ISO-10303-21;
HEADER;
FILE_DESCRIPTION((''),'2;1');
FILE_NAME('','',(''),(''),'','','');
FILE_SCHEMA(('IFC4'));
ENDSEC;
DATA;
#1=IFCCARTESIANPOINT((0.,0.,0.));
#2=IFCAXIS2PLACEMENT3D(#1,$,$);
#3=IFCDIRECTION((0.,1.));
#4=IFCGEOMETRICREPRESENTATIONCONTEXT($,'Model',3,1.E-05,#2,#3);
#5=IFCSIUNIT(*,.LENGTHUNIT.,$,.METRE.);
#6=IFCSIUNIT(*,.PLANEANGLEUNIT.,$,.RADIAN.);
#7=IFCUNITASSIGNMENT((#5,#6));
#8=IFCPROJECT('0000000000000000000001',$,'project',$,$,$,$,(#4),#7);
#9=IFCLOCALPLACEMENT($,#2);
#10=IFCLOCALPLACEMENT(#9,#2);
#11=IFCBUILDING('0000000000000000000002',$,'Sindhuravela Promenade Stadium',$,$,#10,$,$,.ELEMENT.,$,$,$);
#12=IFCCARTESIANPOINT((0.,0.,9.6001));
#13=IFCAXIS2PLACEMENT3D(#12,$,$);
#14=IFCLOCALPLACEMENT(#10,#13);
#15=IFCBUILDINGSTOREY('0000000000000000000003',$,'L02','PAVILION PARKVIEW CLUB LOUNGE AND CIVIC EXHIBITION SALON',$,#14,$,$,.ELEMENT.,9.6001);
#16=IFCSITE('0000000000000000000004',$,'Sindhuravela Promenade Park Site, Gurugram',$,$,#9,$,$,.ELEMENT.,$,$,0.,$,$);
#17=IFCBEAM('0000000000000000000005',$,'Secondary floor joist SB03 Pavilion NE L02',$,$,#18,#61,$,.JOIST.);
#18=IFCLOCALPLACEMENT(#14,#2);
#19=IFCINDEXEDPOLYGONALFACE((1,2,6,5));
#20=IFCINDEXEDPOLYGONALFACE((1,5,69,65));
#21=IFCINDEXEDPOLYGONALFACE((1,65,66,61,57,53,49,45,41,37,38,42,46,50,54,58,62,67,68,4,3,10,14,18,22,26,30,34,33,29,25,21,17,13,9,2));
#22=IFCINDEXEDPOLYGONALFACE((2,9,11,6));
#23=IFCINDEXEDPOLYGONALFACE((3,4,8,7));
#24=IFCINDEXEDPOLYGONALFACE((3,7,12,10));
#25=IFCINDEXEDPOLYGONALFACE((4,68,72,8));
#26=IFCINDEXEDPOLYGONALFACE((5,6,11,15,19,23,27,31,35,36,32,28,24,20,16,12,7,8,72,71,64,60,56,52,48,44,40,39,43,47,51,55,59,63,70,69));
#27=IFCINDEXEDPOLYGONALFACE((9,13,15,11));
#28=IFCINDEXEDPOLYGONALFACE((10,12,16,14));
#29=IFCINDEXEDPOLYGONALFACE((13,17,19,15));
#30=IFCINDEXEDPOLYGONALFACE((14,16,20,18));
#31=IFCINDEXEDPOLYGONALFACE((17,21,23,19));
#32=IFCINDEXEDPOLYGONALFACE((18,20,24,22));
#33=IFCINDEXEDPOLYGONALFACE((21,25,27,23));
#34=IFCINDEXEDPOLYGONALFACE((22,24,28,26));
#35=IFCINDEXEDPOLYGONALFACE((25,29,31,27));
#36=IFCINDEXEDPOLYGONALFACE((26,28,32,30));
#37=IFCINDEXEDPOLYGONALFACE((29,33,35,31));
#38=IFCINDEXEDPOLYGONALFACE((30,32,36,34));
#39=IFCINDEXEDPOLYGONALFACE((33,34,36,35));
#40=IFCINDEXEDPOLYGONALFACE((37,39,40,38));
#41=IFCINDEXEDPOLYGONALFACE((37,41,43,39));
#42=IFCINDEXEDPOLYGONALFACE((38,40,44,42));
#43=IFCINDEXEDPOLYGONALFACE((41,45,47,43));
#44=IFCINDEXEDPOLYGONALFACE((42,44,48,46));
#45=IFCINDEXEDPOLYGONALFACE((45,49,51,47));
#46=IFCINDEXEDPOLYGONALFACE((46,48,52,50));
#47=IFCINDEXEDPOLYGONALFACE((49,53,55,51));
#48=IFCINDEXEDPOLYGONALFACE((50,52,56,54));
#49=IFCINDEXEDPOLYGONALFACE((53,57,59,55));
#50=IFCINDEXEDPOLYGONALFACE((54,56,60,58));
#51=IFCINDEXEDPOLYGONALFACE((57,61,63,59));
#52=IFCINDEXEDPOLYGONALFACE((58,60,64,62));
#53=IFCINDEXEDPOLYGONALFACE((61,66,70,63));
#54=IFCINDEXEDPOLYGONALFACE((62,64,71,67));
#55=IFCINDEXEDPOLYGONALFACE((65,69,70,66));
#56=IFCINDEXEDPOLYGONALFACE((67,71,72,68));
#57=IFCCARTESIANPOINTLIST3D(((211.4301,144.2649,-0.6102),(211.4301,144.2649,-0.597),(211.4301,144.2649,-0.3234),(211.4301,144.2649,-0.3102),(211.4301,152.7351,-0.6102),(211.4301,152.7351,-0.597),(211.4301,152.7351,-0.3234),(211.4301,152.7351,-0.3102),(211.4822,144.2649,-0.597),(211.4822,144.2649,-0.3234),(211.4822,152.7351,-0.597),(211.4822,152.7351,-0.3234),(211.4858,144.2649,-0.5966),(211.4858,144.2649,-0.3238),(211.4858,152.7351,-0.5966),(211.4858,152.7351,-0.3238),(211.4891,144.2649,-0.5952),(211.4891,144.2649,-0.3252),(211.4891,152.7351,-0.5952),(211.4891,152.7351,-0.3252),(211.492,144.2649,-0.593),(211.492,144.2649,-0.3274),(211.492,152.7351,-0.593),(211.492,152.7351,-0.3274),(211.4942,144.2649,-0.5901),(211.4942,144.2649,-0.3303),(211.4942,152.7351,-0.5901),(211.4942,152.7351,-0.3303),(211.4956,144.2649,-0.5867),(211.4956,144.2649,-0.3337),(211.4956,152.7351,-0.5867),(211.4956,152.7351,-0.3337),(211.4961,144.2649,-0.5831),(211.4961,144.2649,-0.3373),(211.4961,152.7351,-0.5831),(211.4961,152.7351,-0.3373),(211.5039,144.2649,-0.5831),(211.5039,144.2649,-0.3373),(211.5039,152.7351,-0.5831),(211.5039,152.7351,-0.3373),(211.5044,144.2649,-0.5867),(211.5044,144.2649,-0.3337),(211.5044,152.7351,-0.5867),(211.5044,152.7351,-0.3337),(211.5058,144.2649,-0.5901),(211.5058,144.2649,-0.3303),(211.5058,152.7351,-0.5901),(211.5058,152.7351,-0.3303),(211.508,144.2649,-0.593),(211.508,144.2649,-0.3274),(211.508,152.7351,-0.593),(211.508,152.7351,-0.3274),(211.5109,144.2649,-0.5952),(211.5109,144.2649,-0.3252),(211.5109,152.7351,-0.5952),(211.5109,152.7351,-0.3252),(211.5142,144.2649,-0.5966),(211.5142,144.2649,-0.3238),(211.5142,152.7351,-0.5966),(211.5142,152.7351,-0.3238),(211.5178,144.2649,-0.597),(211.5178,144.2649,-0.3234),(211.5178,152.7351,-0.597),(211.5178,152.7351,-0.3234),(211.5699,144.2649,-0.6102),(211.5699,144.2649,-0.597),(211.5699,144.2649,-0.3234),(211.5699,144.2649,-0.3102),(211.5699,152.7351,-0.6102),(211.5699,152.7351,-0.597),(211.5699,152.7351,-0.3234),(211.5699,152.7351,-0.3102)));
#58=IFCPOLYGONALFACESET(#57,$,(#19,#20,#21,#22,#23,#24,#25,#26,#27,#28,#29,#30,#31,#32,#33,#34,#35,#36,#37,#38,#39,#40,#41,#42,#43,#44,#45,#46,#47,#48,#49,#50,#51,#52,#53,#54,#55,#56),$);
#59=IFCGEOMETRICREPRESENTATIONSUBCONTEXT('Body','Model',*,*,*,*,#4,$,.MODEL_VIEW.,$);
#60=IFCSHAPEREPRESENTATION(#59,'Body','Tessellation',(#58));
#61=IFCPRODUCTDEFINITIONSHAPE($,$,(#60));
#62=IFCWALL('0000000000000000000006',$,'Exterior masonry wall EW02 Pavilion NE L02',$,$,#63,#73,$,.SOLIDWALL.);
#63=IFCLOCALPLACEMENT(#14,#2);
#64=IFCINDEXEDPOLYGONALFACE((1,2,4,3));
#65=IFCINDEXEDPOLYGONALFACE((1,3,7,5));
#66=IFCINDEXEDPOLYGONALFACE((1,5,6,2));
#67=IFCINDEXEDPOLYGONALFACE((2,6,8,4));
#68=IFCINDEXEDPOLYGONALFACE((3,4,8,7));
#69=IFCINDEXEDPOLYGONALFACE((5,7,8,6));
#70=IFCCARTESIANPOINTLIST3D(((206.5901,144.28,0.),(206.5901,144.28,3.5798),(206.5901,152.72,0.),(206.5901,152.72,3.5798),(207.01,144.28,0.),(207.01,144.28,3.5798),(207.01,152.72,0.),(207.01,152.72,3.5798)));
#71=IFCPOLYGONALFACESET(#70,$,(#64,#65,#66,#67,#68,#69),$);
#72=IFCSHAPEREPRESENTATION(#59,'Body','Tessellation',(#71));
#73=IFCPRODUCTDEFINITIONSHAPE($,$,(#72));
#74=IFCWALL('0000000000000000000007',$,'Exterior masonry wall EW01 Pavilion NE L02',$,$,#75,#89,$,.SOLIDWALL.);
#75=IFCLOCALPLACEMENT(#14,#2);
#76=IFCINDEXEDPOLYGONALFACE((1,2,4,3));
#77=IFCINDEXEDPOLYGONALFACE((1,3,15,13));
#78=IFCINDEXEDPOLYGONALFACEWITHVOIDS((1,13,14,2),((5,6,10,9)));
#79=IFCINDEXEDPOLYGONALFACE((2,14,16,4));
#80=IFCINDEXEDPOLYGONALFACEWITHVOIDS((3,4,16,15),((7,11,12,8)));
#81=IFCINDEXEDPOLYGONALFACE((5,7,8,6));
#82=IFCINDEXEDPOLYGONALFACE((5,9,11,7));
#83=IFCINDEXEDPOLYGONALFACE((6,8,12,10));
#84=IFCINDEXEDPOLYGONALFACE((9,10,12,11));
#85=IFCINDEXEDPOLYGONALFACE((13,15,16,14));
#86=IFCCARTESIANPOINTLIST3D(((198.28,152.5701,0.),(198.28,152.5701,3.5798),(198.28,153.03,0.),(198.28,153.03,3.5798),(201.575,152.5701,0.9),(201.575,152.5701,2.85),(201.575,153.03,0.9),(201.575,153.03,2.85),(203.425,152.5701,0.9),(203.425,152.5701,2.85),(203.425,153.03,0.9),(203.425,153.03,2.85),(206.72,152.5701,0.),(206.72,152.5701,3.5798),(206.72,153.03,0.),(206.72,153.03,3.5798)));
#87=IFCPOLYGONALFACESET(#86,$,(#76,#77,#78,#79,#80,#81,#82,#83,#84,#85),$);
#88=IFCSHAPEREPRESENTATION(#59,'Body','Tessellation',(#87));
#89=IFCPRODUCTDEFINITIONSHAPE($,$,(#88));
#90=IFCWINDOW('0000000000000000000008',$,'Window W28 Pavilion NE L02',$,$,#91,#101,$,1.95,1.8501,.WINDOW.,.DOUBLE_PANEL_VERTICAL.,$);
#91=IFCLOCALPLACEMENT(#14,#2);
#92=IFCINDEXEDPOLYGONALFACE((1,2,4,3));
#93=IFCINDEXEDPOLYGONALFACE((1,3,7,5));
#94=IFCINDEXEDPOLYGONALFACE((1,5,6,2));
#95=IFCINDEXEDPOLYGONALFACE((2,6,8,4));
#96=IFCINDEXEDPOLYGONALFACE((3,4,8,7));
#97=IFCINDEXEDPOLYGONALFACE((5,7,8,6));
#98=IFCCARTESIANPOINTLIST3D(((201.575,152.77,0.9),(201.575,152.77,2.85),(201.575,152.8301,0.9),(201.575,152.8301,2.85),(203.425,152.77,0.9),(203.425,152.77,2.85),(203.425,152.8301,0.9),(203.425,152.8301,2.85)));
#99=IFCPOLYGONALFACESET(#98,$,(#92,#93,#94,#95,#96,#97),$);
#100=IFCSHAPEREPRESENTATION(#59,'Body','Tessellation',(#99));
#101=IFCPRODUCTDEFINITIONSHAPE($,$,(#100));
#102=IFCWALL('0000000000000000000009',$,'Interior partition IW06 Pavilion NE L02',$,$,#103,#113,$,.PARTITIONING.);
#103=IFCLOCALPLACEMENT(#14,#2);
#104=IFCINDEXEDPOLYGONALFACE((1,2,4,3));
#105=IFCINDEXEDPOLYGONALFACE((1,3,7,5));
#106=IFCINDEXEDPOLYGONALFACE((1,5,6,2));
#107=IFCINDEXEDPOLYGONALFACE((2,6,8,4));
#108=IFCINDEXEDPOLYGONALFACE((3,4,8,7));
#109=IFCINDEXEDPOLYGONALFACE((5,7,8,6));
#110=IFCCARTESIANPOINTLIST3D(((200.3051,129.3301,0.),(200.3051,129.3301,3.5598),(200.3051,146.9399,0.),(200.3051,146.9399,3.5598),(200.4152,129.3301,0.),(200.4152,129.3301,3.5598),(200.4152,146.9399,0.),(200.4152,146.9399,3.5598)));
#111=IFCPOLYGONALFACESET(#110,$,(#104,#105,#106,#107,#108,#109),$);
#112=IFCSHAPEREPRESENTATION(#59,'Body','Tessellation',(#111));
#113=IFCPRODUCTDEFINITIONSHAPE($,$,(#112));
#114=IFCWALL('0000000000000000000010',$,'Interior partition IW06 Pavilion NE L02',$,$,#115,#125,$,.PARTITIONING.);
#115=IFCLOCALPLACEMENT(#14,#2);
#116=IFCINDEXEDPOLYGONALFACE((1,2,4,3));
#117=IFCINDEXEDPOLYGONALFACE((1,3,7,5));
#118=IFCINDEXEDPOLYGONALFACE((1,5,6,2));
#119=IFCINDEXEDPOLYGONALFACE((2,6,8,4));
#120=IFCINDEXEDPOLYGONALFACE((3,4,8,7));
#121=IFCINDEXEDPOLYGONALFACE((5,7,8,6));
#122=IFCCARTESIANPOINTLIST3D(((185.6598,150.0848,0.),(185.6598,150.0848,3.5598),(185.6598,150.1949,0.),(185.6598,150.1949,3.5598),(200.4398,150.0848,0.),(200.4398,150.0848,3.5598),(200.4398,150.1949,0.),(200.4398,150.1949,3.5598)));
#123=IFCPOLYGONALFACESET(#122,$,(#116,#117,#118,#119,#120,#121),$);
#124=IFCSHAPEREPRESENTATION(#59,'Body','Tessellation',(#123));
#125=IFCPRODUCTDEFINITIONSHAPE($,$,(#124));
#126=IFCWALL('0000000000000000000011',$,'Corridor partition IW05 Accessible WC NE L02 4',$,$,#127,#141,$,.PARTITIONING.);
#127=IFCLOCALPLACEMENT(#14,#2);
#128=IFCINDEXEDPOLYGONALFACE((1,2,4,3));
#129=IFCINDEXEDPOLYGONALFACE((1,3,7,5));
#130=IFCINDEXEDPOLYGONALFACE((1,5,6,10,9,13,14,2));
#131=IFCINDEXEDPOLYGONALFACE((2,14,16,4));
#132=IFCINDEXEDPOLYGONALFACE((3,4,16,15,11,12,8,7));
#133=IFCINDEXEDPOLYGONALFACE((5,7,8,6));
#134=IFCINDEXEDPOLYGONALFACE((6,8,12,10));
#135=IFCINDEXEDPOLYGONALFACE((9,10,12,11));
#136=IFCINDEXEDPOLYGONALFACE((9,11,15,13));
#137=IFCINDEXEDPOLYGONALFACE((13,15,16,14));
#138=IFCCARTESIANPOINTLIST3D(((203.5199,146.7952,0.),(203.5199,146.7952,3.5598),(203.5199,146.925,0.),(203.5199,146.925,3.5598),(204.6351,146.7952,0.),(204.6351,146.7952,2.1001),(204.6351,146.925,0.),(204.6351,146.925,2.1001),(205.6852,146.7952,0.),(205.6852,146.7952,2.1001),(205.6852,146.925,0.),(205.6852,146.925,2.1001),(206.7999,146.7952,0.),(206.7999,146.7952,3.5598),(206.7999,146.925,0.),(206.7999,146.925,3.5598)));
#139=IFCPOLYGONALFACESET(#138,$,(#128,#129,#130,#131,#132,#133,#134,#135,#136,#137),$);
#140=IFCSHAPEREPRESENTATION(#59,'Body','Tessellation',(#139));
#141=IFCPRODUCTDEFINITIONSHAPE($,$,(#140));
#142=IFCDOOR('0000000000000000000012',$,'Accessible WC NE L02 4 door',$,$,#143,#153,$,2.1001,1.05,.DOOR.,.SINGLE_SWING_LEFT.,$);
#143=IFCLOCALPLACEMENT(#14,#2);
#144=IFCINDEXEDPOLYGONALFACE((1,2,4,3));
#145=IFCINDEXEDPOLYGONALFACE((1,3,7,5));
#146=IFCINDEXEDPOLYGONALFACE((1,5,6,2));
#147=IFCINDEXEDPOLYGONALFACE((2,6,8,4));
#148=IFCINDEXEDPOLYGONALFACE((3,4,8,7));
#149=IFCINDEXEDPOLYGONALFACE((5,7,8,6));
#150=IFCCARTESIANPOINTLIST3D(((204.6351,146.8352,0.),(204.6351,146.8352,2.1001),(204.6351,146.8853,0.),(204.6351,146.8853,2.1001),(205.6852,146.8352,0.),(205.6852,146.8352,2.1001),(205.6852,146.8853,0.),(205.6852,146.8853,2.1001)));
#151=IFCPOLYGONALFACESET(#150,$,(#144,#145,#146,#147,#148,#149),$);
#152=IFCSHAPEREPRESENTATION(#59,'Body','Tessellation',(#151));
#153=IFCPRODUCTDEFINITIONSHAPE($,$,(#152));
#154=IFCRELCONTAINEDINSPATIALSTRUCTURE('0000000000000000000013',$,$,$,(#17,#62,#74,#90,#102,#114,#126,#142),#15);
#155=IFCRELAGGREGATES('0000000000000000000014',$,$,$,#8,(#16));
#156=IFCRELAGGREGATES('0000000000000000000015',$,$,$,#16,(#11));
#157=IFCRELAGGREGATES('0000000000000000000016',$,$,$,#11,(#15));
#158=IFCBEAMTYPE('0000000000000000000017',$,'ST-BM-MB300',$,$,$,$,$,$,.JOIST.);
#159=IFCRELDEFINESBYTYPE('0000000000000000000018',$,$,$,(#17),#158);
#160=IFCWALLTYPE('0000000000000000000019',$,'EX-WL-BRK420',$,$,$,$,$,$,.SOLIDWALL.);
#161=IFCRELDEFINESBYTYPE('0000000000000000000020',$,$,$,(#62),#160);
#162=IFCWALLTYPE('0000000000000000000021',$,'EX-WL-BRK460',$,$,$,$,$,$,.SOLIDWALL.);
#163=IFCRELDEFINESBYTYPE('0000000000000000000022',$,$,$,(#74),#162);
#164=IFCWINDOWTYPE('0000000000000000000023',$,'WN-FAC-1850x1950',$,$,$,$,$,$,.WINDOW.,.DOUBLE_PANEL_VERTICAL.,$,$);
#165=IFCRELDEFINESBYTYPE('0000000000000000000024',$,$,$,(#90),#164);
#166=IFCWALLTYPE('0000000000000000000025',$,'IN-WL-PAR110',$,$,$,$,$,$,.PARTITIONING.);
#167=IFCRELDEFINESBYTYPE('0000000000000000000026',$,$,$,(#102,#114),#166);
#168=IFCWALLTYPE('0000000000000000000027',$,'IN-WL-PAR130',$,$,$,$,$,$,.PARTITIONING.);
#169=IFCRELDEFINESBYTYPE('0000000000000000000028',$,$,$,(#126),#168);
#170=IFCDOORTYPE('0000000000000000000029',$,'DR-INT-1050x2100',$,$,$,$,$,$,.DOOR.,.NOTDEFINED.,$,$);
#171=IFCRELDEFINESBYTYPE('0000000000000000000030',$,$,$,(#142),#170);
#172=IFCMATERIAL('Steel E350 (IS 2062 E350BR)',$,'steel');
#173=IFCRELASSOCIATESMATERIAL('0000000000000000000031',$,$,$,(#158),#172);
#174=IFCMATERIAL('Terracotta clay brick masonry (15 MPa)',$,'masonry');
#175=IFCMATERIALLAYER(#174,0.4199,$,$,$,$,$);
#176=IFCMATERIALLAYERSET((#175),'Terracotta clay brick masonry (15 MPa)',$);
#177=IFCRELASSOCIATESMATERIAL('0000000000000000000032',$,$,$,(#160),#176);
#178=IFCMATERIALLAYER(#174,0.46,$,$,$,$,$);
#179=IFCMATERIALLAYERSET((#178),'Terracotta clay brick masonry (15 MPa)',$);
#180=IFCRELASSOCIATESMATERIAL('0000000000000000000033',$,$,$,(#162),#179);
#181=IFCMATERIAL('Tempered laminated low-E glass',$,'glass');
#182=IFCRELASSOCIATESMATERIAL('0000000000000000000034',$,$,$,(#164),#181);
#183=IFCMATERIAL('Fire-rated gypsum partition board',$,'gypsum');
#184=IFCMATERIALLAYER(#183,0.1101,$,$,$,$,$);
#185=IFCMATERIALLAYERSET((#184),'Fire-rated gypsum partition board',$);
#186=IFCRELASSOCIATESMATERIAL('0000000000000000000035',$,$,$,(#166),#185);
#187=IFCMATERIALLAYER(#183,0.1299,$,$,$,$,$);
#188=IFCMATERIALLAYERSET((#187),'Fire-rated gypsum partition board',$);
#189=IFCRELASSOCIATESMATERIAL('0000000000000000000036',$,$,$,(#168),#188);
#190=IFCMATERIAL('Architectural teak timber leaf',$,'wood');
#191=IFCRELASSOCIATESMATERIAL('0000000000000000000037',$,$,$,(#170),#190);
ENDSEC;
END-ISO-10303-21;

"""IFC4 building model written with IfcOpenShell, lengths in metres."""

from ifc_helpers import new_model, si_unit, direction, frame, frame_2d, origin, origin_2d, place, context, subcontext, project, spatial, rectangle, i_section, extrude, material, layer, layer_set, material_profile, profile_set, type_object, element, fill, save


model = new_model("IFC4")

# Units and contexts
model_context = context("Model", 3, precision=1e-05, world=origin(), true_north=direction((0.0, 1.0)))
body_context = subcontext(model_context, "Body", "Model", "MODEL_VIEW")
ifc_project = project(units=[si_unit("LENGTHUNIT", "METRE"), si_unit("PLANEANGLEUNIT", "RADIAN")], contexts=[model_context])

# Site, building, storey
site_placement = place(None, origin())
site = spatial("IfcSite", under=ifc_project, at=site_placement, Name="Sindhuravela Promenade Park Site, Gurugram", CompositionType="ELEMENT", RefElevation=0.0)
building_placement = place(site_placement, origin())
building = spatial("IfcBuilding", under=site, at=building_placement, Name="Sindhuravela Promenade Stadium", CompositionType="ELEMENT")
storey_placement = place(building_placement, frame((0.0, 0.0, 9.6001)))
storey = spatial("IfcBuildingStorey", under=building, at=storey_placement, Name="L02", Description="PAVILION PARKVIEW CLUB LOUNGE AND CIVIC EXHIBITION SALON", CompositionType="ELEMENT", Elevation=9.6001)

# Beam
ifc_material_1 = material(Name="Steel E350 (IS 2062 E350BR)", Category="steel")
ifc_material_profile_1 = material_profile(ifc_material_1, i_section(OverallWidth=0.1399, OverallDepth=0.3, WebThickness=0.0078, FlangeThickness=0.0132, FilletRadius=0.0139, at=origin_2d()), Name="ISMB 300")
ifc_profile_set_1 = profile_set([ifc_material_profile_1], Name="Steel E350 (IS 2062 E350BR)")
beam_type_1 = type_object("IfcBeamType", Name="ST-BM-MB300", PredefinedType="JOIST", material=ifc_profile_set_1)
beam_1_placement = place(storey_placement, frame((211.5, 144.2649, -0.4602), z_axis=(0.0, 1.0, 0.0), x_axis=(-1.0, 0.0, 0.0)))
element("IfcBeam", 1, at=beam_1_placement, inside=storey, type_object=beam_type_1, Name="Secondary floor joist SB03 Pavilion NE L02", PredefinedType="JOIST", context=body_context, shape_type="SweptSolid", body=[
    extrude(i_section(OverallWidth=0.1399, OverallDepth=0.3, WebThickness=0.0078, FlangeThickness=0.0132, FilletRadius=0.0139, at=origin_2d()), origin(), (0.0, 0.0, 1.0), 8.4702),
])

# Wall
ifc_material_2 = material(Name="Terracotta clay brick masonry (15 MPa)", Category="masonry")
ifc_layer_1 = layer(ifc_material_2, 0.4199)
ifc_layer_set_1 = layer_set([ifc_layer_1], Name="Terracotta clay brick masonry (15 MPa)")
wall_type_1 = type_object("IfcWallType", Name="EX-WL-BRK420", PredefinedType="SOLIDWALL", material=ifc_layer_set_1)
wall_1_placement = place(storey_placement, frame((206.8, 152.72, 0.0), z_axis=(0.0, 0.0, 1.0), x_axis=(0.0, -1.0, 0.0)))
element("IfcWall", 2, at=wall_1_placement, inside=storey, type_object=wall_type_1, Name="Exterior masonry wall EW02 Pavilion NE L02", PredefinedType="SOLIDWALL", context=body_context, shape_type="SweptSolid", body=[
    extrude(rectangle(XDim=8.4399, YDim=0.4199, at=frame_2d((4.22, 0.0))), origin(), (0.0, 0.0, 1.0), 3.5798),
])

# Wall, opening, window
ifc_layer_2 = layer(ifc_material_2, 0.46)
ifc_layer_set_2 = layer_set([ifc_layer_2], Name="Terracotta clay brick masonry (15 MPa)")
wall_type_2 = type_object("IfcWallType", Name="EX-WL-BRK460", PredefinedType="SOLIDWALL", material=ifc_layer_set_2)
wall_2_placement = place(storey_placement, frame((198.28, 152.8, 0.0), z_axis=(0.0, 0.0, 1.0), x_axis=(1.0, 0.0, 0.0)))
wall_2 = element("IfcWall", 3, at=wall_2_placement, inside=storey, type_object=wall_type_2, Name="Exterior masonry wall EW01 Pavilion NE L02", PredefinedType="SOLIDWALL", context=body_context, shape_type="SweptSolid", body=[
    extrude(rectangle(XDim=8.4399, YDim=0.46, at=frame_2d((4.22, 0.0))), origin(), (0.0, 0.0, 1.0), 3.5798),
])
opening_1_placement = place(wall_2_placement, frame((3.2949, 0.0, 0.8999)))
opening_1 = element("IfcOpeningElement", 4, at=opening_1_placement, cuts=wall_2, PredefinedType="OPENING", context=body_context, shape_type="SweptSolid", body=[
    extrude(rectangle(XDim=1.8501, YDim=1.95, at=frame_2d((0.925, 0.9751))), frame((0.0, 0.24, 0.0), z_axis=(0.0, -1.0, 0.0), x_axis=(1.0, 0.0, 0.0)), (0.0, 0.0, 1.0), 0.48),
])
ifc_material_3 = material(Name="Tempered laminated low-E glass", Category="glass")
window_type = type_object("IfcWindowType", Name="WN-FAC-1850x1950", PartitioningType="DOUBLE_PANEL_VERTICAL", PredefinedType="WINDOW", material=ifc_material_3)
window_placement = place(opening_1_placement, origin())
window = element("IfcWindow", 5, at=window_placement, inside=storey, type_object=window_type, Name="Window W28 Pavilion NE L02", OverallHeight=1.95, OverallWidth=1.8501, PartitioningType="DOUBLE_PANEL_VERTICAL", PredefinedType="WINDOW", context=body_context, shape_type="SweptSolid", body=[
    extrude(rectangle(XDim=1.8501, YDim=1.95, at=frame_2d((0.925, 0.9751))), frame((0.0, 0.03, 0.0), z_axis=(0.0, -1.0, 0.0), x_axis=(1.0, 0.0, 0.0)), (0.0, 0.0, 1.0), 0.0601),
])
fill(opening_1, window)

# Walls
ifc_material_4 = material(Name="Fire-rated gypsum partition board", Category="gypsum")
ifc_layer_3 = layer(ifc_material_4, 0.1101)
ifc_layer_set_3 = layer_set([ifc_layer_3], Name="Fire-rated gypsum partition board")
wall_type_3 = type_object("IfcWallType", Name="IN-WL-PAR110", PredefinedType="PARTITIONING", material=ifc_layer_set_3)
wall_3_placement = place(storey_placement, frame((200.3601, 146.9399, 0.0), z_axis=(0.0, 0.0, 1.0), x_axis=(0.0, -1.0, 0.0)))
element("IfcWall", 6, at=wall_3_placement, inside=storey, type_object=wall_type_3, Name="Interior partition IW06 Pavilion NE L02", PredefinedType="PARTITIONING", context=body_context, shape_type="SweptSolid", body=[
    extrude(rectangle(XDim=17.6099, YDim=0.1101, at=frame_2d((8.8049, 0.0))), origin(), (0.0, 0.0, 1.0), 3.5598),
])
wall_4_placement = place(storey_placement, frame((200.4399, 150.1399, 0.0), z_axis=(0.0, 0.0, 1.0), x_axis=(-1.0, 0.0, 0.0)))
element("IfcWall", 7, at=wall_4_placement, inside=storey, type_object=wall_type_3, Name="Interior partition IW06 Pavilion NE L02", PredefinedType="PARTITIONING", context=body_context, shape_type="SweptSolid", body=[
    extrude(rectangle(XDim=14.78, YDim=0.1101, at=frame_2d((7.3901, 0.0))), origin(), (0.0, 0.0, 1.0), 3.5598),
])

# Wall, opening, door
ifc_layer_4 = layer(ifc_material_4, 0.1299)
ifc_layer_set_4 = layer_set([ifc_layer_4], Name="Fire-rated gypsum partition board")
wall_type_4 = type_object("IfcWallType", Name="IN-WL-PAR130", PredefinedType="PARTITIONING", material=ifc_layer_set_4)
ifc_material_5 = material(Name="Architectural teak timber leaf", Category="wood")
wall_5_placement = place(storey_placement, frame((206.8, 146.8601, 0.0), z_axis=(0.0, 0.0, 1.0), x_axis=(-1.0, 0.0, 0.0)))
wall_5 = element("IfcWall", 8, at=wall_5_placement, inside=storey, type_object=wall_type_4, Name="Corridor partition IW05 Accessible WC NE L02 4", PredefinedType="PARTITIONING", context=body_context, shape_type="SweptSolid", body=[
    extrude(rectangle(XDim=3.28, YDim=0.1299, at=frame_2d((1.6401, 0.0))), origin(), (0.0, 0.0, 1.0), 3.5598),
])
opening_2_placement = place(wall_5_placement, frame((1.115, 0.0, 0.0)))
opening_2 = element("IfcOpeningElement", 9, at=opening_2_placement, cuts=wall_5, PredefinedType="OPENING", context=body_context, shape_type="SweptSolid", body=[
    extrude(rectangle(XDim=1.05, YDim=2.1001, at=frame_2d((0.5249, 1.05))), frame((0.0, 0.075, 0.0), z_axis=(0.0, -1.0, 0.0), x_axis=(1.0, 0.0, 0.0)), (0.0, 0.0, 1.0), 0.1499),
])
door_type_1 = type_object("IfcDoorType", Name="DR-INT-1050x2100", OperationType="NOTDEFINED", PredefinedType="DOOR", material=ifc_material_5)
door_1_placement = place(opening_2_placement, origin())
door_1 = element("IfcDoor", 10, at=door_1_placement, inside=storey, type_object=door_type_1, Name="Accessible WC NE L02 4 door", OperationType="SINGLE_SWING_LEFT", OverallHeight=2.1001, OverallWidth=1.05, PredefinedType="DOOR", context=body_context, shape_type="SweptSolid", body=[
    extrude(rectangle(XDim=1.05, YDim=2.1001, at=frame_2d((0.5249, 1.05))), frame((0.0, 0.0249, 0.0), z_axis=(0.0, -1.0, 0.0), x_axis=(1.0, 0.0, 0.0)), (0.0, 0.0, 1.0), 0.05),
])
fill(opening_2, door_1)

save(model, "model.ifc")
